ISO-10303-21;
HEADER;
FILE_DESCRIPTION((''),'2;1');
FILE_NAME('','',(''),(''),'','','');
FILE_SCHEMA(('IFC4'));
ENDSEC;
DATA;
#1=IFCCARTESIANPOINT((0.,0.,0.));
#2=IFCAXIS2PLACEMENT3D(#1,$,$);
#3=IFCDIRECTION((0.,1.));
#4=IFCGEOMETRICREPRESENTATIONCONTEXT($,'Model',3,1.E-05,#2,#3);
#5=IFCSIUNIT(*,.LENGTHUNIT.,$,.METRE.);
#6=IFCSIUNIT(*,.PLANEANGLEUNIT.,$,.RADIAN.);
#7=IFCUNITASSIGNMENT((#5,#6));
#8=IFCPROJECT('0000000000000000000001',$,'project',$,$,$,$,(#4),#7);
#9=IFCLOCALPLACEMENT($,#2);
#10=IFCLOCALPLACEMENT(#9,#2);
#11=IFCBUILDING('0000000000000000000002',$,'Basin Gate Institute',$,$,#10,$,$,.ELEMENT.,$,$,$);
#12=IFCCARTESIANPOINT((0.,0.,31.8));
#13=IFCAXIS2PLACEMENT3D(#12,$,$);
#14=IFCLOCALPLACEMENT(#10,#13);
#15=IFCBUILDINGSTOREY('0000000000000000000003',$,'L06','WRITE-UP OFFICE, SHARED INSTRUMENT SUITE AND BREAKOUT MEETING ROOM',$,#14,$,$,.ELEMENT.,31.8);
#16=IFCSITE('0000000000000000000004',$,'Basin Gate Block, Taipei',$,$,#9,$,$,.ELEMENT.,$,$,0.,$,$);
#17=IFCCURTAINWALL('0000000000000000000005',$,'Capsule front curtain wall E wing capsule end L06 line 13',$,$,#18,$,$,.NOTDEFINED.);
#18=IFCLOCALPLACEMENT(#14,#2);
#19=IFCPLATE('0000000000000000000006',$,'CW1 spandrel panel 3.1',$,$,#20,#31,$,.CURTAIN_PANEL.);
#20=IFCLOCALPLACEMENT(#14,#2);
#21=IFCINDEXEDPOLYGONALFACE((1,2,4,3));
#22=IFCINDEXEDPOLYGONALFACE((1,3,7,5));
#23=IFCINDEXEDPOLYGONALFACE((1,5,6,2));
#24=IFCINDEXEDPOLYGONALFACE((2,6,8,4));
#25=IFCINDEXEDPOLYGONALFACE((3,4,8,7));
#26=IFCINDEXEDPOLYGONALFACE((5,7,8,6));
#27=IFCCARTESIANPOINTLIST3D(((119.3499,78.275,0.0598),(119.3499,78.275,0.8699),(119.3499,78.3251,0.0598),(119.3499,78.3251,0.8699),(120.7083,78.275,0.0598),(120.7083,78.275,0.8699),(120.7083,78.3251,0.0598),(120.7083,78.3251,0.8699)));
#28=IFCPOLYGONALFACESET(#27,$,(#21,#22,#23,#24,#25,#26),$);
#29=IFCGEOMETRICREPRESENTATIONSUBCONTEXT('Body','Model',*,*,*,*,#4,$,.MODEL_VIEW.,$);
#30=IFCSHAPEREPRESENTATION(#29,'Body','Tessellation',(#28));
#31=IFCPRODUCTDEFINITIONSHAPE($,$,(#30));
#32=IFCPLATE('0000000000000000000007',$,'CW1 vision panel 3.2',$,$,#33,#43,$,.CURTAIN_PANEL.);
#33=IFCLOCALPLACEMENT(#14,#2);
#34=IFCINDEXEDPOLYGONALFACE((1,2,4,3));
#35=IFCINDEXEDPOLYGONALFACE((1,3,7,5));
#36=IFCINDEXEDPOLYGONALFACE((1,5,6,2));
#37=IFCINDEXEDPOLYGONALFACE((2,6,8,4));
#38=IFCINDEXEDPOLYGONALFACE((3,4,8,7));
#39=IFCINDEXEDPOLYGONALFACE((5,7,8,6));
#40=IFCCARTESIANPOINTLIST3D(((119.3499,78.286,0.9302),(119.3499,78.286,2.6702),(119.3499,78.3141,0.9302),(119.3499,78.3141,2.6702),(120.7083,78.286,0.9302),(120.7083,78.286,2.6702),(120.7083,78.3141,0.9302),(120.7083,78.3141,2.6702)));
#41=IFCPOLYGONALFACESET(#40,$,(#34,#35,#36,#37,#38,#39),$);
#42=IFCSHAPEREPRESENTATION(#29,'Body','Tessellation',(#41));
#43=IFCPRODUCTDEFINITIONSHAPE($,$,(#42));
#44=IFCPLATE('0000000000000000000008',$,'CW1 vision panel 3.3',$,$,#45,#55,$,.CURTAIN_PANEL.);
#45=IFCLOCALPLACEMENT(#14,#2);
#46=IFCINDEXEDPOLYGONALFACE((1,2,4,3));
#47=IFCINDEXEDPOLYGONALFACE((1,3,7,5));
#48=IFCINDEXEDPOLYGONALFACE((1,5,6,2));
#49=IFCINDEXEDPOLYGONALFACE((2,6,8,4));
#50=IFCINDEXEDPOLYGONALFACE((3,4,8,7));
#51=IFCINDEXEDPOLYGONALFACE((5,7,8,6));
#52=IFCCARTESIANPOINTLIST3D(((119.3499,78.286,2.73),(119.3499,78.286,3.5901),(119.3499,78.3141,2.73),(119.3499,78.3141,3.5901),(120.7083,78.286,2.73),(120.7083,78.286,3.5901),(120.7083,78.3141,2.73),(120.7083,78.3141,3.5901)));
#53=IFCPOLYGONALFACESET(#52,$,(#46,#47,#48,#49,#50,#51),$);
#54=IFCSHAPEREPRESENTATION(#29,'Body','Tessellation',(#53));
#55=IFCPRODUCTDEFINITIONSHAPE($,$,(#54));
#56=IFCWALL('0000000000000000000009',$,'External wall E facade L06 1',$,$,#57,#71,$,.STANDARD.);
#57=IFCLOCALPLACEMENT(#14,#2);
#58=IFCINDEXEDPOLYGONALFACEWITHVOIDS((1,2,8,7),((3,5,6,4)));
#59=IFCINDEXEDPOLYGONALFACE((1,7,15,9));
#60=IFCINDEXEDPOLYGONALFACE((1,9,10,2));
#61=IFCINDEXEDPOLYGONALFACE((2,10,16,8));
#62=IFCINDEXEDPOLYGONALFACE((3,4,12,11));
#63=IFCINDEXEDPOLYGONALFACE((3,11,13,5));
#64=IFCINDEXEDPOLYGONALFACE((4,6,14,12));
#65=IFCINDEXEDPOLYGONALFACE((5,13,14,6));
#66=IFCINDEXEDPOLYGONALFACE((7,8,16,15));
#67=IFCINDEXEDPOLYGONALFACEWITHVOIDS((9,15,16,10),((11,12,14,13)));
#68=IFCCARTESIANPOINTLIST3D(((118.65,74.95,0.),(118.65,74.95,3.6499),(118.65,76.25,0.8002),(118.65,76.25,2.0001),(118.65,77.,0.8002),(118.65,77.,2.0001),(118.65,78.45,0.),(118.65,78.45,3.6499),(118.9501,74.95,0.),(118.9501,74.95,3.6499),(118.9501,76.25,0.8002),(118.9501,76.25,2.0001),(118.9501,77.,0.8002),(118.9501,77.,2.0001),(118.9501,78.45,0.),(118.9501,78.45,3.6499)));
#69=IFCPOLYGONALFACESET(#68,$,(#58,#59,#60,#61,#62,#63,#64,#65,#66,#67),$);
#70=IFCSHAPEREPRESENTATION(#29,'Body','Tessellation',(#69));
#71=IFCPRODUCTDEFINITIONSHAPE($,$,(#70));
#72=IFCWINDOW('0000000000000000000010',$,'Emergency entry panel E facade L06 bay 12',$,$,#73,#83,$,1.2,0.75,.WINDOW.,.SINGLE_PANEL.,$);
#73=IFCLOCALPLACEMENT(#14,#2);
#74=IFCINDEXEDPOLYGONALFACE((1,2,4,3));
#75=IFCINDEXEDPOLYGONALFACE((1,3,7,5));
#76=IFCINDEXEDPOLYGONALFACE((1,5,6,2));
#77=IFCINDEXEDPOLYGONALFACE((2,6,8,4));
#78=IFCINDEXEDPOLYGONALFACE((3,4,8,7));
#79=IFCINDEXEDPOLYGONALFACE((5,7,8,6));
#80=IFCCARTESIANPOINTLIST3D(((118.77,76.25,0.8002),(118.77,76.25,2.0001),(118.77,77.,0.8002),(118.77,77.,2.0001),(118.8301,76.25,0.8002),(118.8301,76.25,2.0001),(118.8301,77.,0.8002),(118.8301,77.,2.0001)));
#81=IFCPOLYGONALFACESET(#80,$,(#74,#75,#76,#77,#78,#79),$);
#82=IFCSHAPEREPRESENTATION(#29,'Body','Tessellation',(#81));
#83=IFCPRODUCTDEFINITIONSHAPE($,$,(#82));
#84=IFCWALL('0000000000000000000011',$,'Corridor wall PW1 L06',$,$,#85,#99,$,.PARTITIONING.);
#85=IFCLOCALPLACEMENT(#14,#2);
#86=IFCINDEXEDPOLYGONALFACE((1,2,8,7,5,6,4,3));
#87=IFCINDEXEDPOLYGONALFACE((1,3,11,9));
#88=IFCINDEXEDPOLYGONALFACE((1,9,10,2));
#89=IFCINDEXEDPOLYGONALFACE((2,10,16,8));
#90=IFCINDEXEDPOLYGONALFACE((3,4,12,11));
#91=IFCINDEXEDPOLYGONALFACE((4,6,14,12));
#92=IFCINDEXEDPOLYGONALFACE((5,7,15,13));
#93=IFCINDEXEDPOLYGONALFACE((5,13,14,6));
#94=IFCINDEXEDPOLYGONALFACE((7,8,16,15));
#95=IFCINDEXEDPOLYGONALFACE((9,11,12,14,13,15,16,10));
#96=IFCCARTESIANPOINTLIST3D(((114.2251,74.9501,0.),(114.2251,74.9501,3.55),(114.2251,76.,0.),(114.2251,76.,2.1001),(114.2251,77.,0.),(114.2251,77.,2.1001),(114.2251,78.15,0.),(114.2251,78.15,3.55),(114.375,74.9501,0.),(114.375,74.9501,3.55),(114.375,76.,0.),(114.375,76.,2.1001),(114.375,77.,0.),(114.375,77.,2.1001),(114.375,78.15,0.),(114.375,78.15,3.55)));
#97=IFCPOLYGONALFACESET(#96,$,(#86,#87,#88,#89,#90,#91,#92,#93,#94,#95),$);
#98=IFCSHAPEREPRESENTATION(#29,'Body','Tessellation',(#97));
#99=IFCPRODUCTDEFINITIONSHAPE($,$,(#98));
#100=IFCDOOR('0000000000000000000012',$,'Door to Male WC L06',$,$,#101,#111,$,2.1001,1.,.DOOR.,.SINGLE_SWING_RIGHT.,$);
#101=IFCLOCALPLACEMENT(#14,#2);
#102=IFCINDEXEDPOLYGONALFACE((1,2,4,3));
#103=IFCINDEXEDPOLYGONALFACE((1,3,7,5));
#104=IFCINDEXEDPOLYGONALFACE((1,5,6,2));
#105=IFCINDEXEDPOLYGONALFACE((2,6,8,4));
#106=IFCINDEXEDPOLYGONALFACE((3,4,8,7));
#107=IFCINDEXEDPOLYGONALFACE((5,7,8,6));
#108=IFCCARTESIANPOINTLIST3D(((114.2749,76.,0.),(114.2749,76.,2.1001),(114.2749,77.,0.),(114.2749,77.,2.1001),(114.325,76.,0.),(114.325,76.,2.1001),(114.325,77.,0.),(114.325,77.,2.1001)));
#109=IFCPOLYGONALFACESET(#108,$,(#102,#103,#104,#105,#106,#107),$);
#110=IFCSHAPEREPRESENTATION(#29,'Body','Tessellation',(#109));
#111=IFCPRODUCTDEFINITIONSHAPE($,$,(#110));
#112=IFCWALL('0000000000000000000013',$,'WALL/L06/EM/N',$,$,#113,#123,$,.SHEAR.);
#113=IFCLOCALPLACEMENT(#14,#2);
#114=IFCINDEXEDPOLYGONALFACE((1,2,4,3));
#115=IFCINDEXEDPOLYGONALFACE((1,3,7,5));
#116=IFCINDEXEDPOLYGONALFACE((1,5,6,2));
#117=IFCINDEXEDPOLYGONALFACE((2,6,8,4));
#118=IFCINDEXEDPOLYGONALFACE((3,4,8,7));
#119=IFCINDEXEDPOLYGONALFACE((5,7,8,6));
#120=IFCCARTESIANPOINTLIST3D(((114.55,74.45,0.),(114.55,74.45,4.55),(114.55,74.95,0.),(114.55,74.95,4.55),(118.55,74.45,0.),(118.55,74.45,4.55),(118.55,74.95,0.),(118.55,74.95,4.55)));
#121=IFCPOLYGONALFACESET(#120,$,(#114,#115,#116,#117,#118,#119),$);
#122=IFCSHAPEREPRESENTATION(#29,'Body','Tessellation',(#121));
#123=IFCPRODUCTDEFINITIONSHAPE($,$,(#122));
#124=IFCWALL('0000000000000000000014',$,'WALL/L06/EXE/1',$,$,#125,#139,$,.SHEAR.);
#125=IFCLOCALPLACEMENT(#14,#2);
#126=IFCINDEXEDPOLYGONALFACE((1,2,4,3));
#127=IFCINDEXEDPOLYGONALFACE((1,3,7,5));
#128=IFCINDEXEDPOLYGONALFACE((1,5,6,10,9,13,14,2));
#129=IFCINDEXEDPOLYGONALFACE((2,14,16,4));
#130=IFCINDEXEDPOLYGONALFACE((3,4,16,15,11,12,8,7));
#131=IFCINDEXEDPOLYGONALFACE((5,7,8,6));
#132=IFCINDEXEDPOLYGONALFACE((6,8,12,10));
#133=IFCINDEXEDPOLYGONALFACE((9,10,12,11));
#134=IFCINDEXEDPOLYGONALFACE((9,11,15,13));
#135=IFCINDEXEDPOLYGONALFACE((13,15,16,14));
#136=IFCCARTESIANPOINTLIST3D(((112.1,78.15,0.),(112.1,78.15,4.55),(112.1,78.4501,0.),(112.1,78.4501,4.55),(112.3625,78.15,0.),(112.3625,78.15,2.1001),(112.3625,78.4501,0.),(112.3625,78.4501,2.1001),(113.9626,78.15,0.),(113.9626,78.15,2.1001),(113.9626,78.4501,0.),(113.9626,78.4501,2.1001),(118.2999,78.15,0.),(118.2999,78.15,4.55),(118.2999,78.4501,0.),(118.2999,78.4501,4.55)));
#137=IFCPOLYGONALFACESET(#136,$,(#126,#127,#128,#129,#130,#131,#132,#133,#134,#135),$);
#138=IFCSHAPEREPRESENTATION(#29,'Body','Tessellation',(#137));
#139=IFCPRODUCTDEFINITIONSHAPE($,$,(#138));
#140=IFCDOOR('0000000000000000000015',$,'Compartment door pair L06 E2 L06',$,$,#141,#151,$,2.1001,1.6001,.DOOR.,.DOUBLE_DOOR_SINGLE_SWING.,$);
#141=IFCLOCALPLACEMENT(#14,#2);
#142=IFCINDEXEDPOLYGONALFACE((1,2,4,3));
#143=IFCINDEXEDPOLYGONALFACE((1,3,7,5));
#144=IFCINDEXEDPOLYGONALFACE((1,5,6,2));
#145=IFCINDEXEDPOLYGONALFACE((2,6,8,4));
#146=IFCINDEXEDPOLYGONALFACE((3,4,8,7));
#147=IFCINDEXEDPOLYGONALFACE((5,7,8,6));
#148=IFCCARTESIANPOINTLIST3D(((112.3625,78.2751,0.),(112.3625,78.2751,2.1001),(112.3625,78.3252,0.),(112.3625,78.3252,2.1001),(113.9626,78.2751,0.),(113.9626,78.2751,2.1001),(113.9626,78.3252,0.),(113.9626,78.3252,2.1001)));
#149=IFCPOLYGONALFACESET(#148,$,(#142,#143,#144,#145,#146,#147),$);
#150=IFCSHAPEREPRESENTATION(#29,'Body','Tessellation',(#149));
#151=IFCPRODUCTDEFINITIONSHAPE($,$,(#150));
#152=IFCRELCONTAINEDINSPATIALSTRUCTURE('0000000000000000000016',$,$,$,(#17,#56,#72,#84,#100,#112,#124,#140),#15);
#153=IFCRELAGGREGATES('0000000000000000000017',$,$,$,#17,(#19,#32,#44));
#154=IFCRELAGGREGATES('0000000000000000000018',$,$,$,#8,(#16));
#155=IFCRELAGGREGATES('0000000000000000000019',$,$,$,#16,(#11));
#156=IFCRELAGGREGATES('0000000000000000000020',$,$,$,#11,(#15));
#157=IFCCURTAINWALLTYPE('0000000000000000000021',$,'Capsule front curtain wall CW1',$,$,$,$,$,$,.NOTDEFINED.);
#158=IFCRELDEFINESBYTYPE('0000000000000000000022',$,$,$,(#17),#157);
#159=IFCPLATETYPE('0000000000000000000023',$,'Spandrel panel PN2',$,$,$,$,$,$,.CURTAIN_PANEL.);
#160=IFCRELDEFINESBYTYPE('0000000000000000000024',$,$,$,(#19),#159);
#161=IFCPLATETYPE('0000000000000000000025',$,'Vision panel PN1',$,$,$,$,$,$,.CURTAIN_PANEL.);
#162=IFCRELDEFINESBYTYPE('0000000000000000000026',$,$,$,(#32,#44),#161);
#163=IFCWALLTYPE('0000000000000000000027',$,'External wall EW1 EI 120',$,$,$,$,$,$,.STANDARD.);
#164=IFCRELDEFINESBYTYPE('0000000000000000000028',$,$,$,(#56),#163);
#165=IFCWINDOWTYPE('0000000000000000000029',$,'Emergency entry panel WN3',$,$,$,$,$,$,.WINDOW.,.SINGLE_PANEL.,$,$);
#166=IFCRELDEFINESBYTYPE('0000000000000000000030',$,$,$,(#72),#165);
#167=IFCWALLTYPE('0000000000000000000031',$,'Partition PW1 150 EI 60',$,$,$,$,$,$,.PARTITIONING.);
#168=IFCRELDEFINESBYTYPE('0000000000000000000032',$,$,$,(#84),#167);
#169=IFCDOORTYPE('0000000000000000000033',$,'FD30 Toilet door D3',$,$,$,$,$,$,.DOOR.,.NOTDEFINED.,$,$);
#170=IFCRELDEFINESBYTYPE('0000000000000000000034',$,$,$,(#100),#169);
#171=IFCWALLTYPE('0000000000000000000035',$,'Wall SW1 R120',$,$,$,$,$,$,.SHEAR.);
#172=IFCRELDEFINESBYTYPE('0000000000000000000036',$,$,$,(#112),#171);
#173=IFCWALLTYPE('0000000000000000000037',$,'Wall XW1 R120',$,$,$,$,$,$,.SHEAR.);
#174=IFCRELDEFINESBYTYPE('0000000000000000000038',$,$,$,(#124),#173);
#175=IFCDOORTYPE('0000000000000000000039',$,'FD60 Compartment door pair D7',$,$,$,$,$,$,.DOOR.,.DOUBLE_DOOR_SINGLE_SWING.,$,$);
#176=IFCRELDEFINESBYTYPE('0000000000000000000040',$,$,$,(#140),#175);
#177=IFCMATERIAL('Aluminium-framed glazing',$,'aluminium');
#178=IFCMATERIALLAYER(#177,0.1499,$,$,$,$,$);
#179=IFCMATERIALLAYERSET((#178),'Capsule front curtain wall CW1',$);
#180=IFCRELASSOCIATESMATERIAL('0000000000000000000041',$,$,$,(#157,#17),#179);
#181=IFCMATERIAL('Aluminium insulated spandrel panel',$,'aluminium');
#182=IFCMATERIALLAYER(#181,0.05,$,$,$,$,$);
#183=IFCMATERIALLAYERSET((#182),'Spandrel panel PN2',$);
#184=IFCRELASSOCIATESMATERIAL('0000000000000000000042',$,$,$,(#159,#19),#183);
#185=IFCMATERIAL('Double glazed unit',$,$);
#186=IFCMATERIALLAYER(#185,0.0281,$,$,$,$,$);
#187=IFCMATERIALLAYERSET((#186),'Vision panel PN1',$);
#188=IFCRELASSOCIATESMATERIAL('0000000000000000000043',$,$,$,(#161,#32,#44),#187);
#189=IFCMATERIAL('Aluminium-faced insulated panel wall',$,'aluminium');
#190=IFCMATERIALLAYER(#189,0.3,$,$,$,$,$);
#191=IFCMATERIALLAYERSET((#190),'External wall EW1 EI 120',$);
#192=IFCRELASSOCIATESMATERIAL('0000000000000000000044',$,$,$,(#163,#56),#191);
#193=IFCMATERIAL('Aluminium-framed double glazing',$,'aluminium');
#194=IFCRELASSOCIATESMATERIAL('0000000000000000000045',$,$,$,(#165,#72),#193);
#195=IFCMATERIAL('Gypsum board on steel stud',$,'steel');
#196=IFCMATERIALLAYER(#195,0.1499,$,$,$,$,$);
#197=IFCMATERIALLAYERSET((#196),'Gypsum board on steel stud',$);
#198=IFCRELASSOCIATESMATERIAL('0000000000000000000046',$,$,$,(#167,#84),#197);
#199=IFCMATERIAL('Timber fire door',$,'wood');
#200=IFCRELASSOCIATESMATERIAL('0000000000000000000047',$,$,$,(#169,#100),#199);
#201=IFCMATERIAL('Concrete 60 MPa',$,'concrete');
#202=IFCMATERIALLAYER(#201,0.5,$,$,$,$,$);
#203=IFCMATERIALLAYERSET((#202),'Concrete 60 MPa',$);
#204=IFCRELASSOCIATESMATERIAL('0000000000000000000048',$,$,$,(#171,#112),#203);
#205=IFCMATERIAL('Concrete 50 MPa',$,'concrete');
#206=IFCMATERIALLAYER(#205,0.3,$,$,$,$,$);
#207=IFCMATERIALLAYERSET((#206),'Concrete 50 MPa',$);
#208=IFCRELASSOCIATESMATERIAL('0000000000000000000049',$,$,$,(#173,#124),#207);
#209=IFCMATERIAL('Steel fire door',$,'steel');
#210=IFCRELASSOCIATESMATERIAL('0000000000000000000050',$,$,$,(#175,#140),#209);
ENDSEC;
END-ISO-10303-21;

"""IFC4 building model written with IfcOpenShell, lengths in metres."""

from ifc_helpers import new_model, si_unit, direction, frame, frame_2d, origin, origin_2d, place, context, subcontext, project, spatial, rectangle, extrude, material, layer, layer_set, type_object, element, fill, aggregate, save


model = new_model("IFC4")

# Units and contexts
model_context = context("Model", 3, precision=1e-05, world=origin(), true_north=direction((0.0, 1.0)))
body_context = subcontext(model_context, "Body", "Model", "MODEL_VIEW")
ifc_project = project(units=[si_unit("LENGTHUNIT", "METRE"), si_unit("PLANEANGLEUNIT", "RADIAN")], contexts=[model_context])

# Site, building, storey
site_placement = place(None, origin())
site = spatial("IfcSite", under=ifc_project, at=site_placement, Name="Basin Gate Block, Taipei", CompositionType="ELEMENT", RefElevation=0.0)
building_placement = place(site_placement, origin())
building = spatial("IfcBuilding", under=site, at=building_placement, Name="Basin Gate Institute", CompositionType="ELEMENT")
storey_placement = place(building_placement, frame((0.0, 0.0, 31.8)))
storey = spatial("IfcBuildingStorey", under=building, at=storey_placement, Name="L06", Description="WRITE-UP OFFICE, SHARED INSTRUMENT SUITE AND BREAKOUT MEETING ROOM", CompositionType="ELEMENT", Elevation=31.8)

# Curtain wall
ifc_material_1 = material(Name="Aluminium-framed glazing", Category="aluminium")
ifc_layer_1 = layer(ifc_material_1, 0.1499)
ifc_layer_set_1 = layer_set([ifc_layer_1], Name="Capsule front curtain wall CW1")
curtain_wall_type = type_object("IfcCurtainWallType", Name="Capsule front curtain wall CW1", PredefinedType="NOTDEFINED", material=ifc_layer_set_1)
curtain_wall_1_placement = place(storey_placement, origin())
curtain_wall_1 = element("IfcCurtainWall", 1, at=curtain_wall_1_placement, inside=storey, type_object=curtain_wall_type, material=ifc_layer_set_1, Name="Capsule front curtain wall E wing capsule end L06 line 13", PredefinedType="NOTDEFINED")

# Plates
ifc_material_2 = material(Name="Aluminium insulated spandrel panel", Category="aluminium")
ifc_layer_2 = layer(ifc_material_2, 0.05)
ifc_layer_set_2 = layer_set([ifc_layer_2], Name="Spandrel panel PN2")
plate_type_1 = type_object("IfcPlateType", Name="Spandrel panel PN2", PredefinedType="CURTAIN_PANEL", material=ifc_layer_set_2)
plate_1_placement = place(storey_placement, frame((120.0291, 78.3, 0.0598), z_axis=(0.0, 0.0, 1.0), x_axis=(-1.0, 0.0, 0.0)))
plate_1 = element("IfcPlate", 2, at=plate_1_placement, type_object=plate_type_1, material=ifc_layer_set_2, Name="CW1 spandrel panel 3.1", PredefinedType="CURTAIN_PANEL", context=body_context, shape_type="SweptSolid", body=[
    extrude(rectangle(XDim=1.3584, YDim=0.05, at=origin_2d()), origin(), (0.0, 0.0, 1.0), 0.8101),
])
ifc_material_3 = material(Name="Double glazed unit")
ifc_layer_3 = layer(ifc_material_3, 0.0281)
ifc_layer_set_3 = layer_set([ifc_layer_3], Name="Vision panel PN1")
plate_type_2 = type_object("IfcPlateType", Name="Vision panel PN1", PredefinedType="CURTAIN_PANEL", material=ifc_layer_set_3)
plate_2_placement = place(storey_placement, frame((120.0291, 78.3, 0.9302), z_axis=(0.0, 0.0, 1.0), x_axis=(-1.0, 0.0, 0.0)))
plate_2 = element("IfcPlate", 3, at=plate_2_placement, type_object=plate_type_2, material=ifc_layer_set_3, Name="CW1 vision panel 3.2", PredefinedType="CURTAIN_PANEL", context=body_context, shape_type="SweptSolid", body=[
    extrude(rectangle(XDim=1.3584, YDim=0.0281, at=origin_2d()), origin(), (0.0, 0.0, 1.0), 1.74),
])
plate_3_placement = place(storey_placement, frame((120.0291, 78.3, 2.73), z_axis=(0.0, 0.0, 1.0), x_axis=(-1.0, 0.0, 0.0)))
plate_3 = element("IfcPlate", 4, at=plate_3_placement, type_object=plate_type_2, material=ifc_layer_set_3, Name="CW1 vision panel 3.3", PredefinedType="CURTAIN_PANEL", context=body_context, shape_type="SweptSolid", body=[
    extrude(rectangle(XDim=1.3584, YDim=0.0281, at=origin_2d()), origin(), (0.0, 0.0, 1.0), 0.8601),
])
aggregate(curtain_wall_1, [plate_1, plate_2, plate_3])

# Wall, opening, window
ifc_material_4 = material(Name="Aluminium-faced insulated panel wall", Category="aluminium")
ifc_layer_4 = layer(ifc_material_4, 0.3)
ifc_layer_set_4 = layer_set([ifc_layer_4], Name="External wall EW1 EI 120")
wall_type_1 = type_object("IfcWallType", Name="External wall EW1 EI 120", PredefinedType="STANDARD", material=ifc_layer_set_4)
wall_1_placement = place(storey_placement, frame((118.8, 74.95, 0.0), z_axis=(0.0, 0.0, 1.0), x_axis=(0.0, 1.0, 0.0)))
wall_1 = element("IfcWall", 5, at=wall_1_placement, inside=storey, type_object=wall_type_1, material=ifc_layer_set_4, Name="External wall E facade L06 1", PredefinedType="STANDARD", context=body_context, shape_type="SweptSolid", body=[
    extrude(rectangle(XDim=3.5, YDim=0.3, at=frame_2d((1.75, 0.0))), origin(), (0.0, 0.0, 1.0), 3.6499),
])
opening_1_placement = place(wall_1_placement, frame((1.3, 0.0, 0.8)))
opening_1 = element("IfcOpeningElement", 6, at=opening_1_placement, cuts=wall_1, PredefinedType="OPENING", context=body_context, shape_type="SweptSolid", body=[
    extrude(rectangle(XDim=0.75, YDim=1.2, at=frame_2d((0.375, 0.6001))), frame((0.0, 0.1602, 0.0), z_axis=(0.0, -1.0, 0.0), x_axis=(1.0, 0.0, 0.0)), (0.0, 0.0, 1.0), 0.3201),
])
ifc_material_5 = material(Name="Aluminium-framed double glazing", Category="aluminium")
window_type = type_object("IfcWindowType", Name="Emergency entry panel WN3", PartitioningType="SINGLE_PANEL", PredefinedType="WINDOW", material=ifc_material_5)
window_placement = place(opening_1_placement, origin())
window = element("IfcWindow", 7, at=window_placement, inside=storey, type_object=window_type, material=ifc_material_5, Name="Emergency entry panel E facade L06 bay 12", OverallHeight=1.2, OverallWidth=0.75, PartitioningType="SINGLE_PANEL", PredefinedType="WINDOW", context=body_context, shape_type="SweptSolid", body=[
    extrude(rectangle(XDim=0.75, YDim=1.2, at=frame_2d((0.375, 0.6001))), frame((0.0, 0.03, 0.0), z_axis=(0.0, -1.0, 0.0), x_axis=(1.0, 0.0, 0.0)), (0.0, 0.0, 1.0), 0.0601),
])
fill(opening_1, window)

# Wall, opening, door
ifc_material_6 = material(Name="Gypsum board on steel stud", Category="steel")
ifc_layer_5 = layer(ifc_material_6, 0.1499)
ifc_layer_set_5 = layer_set([ifc_layer_5], Name="Gypsum board on steel stud")
wall_type_2 = type_object("IfcWallType", Name="Partition PW1 150 EI 60", PredefinedType="PARTITIONING", material=ifc_layer_set_5)
wall_2_placement = place(storey_placement, frame((114.3, 74.95, 0.0), z_axis=(0.0, 0.0, 1.0), x_axis=(0.0, 1.0, 0.0)))
wall_2 = element("IfcWall", 8, at=wall_2_placement, inside=storey, type_object=wall_type_2, material=ifc_layer_set_5, Name="Corridor wall PW1 L06", PredefinedType="PARTITIONING", context=body_context, shape_type="SweptSolid", body=[
    extrude(rectangle(XDim=3.2, YDim=0.1499, at=frame_2d((1.6001, 0.0))), origin(), (0.0, 0.0, 1.0), 3.55),
])
opening_2_placement = place(wall_2_placement, frame((1.05, 0.0, 0.0)))
opening_2 = element("IfcOpeningElement", 9, at=opening_2_placement, cuts=wall_2, PredefinedType="OPENING", context=body_context, shape_type="SweptSolid", body=[
    extrude(rectangle(XDim=1.0, YDim=2.1001, at=frame_2d((0.5, 1.05))), frame((0.0, 0.085, 0.0), z_axis=(0.0, -1.0, 0.0), x_axis=(1.0, 0.0, 0.0)), (0.0, 0.0, 1.0), 0.1699),
])
ifc_material_7 = material(Name="Timber fire door", Category="wood")
door_type_1 = type_object("IfcDoorType", Name="FD30 Toilet door D3", OperationType="NOTDEFINED", PredefinedType="DOOR", material=ifc_material_7)
door_1_placement = place(opening_2_placement, frame((1.0, 0.0, 0.0), z_axis=(0.0, 0.0, 1.0), x_axis=(-1.0, 0.0, 0.0)))
door_1 = element("IfcDoor", 10, at=door_1_placement, inside=storey, type_object=door_type_1, material=ifc_material_7, Name="Door to Male WC L06", OperationType="SINGLE_SWING_RIGHT", OverallHeight=2.1001, OverallWidth=1.0, PredefinedType="DOOR", context=body_context, shape_type="SweptSolid", body=[
    extrude(rectangle(XDim=1.0, YDim=2.1001, at=frame_2d((0.5, 1.05))), frame((0.0, 0.0249, 0.0), z_axis=(0.0, -1.0, 0.0), x_axis=(1.0, 0.0, 0.0)), (0.0, 0.0, 1.0), 0.05),
])
fill(opening_2, door_1)

# Wall
ifc_material_8 = material(Name="Concrete 60 MPa", Category="concrete")
ifc_layer_6 = layer(ifc_material_8, 0.5)
ifc_layer_set_6 = layer_set([ifc_layer_6], Name="Concrete 60 MPa")
wall_type_3 = type_object("IfcWallType", Name="Wall SW1 R120", PredefinedType="SHEAR", material=ifc_layer_set_6)
wall_3_placement = place(storey_placement, frame((118.55, 74.7, 0.0), z_axis=(0.0, 0.0, 1.0), x_axis=(-1.0, 0.0, 0.0)))
element("IfcWall", 11, at=wall_3_placement, inside=storey, type_object=wall_type_3, material=ifc_layer_set_6, Name="WALL/L06/EM/N", PredefinedType="SHEAR", context=body_context, shape_type="SweptSolid", body=[
    extrude(rectangle(XDim=4.0, YDim=0.5, at=frame_2d((2.0, 0.0))), origin(), (0.0, 0.0, 1.0), 4.55),
])

# Wall, opening, door
ifc_material_9 = material(Name="Concrete 50 MPa", Category="concrete")
ifc_layer_7 = layer(ifc_material_9, 0.3)
ifc_layer_set_7 = layer_set([ifc_layer_7], Name="Concrete 50 MPa")
wall_type_4 = type_object("IfcWallType", Name="Wall XW1 R120", PredefinedType="SHEAR", material=ifc_layer_set_7)
wall_4_placement = place(storey_placement, frame((118.3, 78.3, 0.0), z_axis=(0.0, 0.0, 1.0), x_axis=(-1.0, 0.0, 0.0)))
wall_4 = element("IfcWall", 12, at=wall_4_placement, inside=storey, type_object=wall_type_4, material=ifc_layer_set_7, Name="WALL/L06/EXE/1", PredefinedType="SHEAR", context=body_context, shape_type="SweptSolid", body=[
    extrude(rectangle(XDim=6.2, YDim=0.3, at=frame_2d((3.1001, 0.0))), origin(), (0.0, 0.0, 1.0), 4.55),
])
opening_3_placement = place(wall_4_placement, frame((4.3374, 0.0, 0.0)))
opening_3 = element("IfcOpeningElement", 13, at=opening_3_placement, cuts=wall_4, PredefinedType="OPENING", context=body_context, shape_type="SweptSolid", body=[
    extrude(rectangle(XDim=1.6001, YDim=2.1001, at=frame_2d((0.8, 1.05))), frame((0.0, 0.1602, 0.0), z_axis=(0.0, -1.0, 0.0), x_axis=(1.0, 0.0, 0.0)), (0.0, 0.0, 1.0), 0.3201),
])
ifc_material_10 = material(Name="Steel fire door", Category="steel")
door_type_2 = type_object("IfcDoorType", Name="FD60 Compartment door pair D7", OperationType="DOUBLE_DOOR_SINGLE_SWING", PredefinedType="DOOR", material=ifc_material_10)
door_2_placement = place(opening_3_placement, origin())
door_2 = element("IfcDoor", 14, at=door_2_placement, inside=storey, type_object=door_type_2, material=ifc_material_10, Name="Compartment door pair L06 E2 L06", OperationType="DOUBLE_DOOR_SINGLE_SWING", OverallHeight=2.1001, OverallWidth=1.6001, PredefinedType="DOOR", context=body_context, shape_type="SweptSolid", body=[
    extrude(rectangle(XDim=1.6001, YDim=2.1001, at=frame_2d((0.8, 1.05))), frame((0.0, 0.0249, 0.0), z_axis=(0.0, -1.0, 0.0), x_axis=(1.0, 0.0, 0.0)), (0.0, 0.0, 1.0), 0.05),
])
fill(opening_3, door_2)

save(model, "model.ifc")
